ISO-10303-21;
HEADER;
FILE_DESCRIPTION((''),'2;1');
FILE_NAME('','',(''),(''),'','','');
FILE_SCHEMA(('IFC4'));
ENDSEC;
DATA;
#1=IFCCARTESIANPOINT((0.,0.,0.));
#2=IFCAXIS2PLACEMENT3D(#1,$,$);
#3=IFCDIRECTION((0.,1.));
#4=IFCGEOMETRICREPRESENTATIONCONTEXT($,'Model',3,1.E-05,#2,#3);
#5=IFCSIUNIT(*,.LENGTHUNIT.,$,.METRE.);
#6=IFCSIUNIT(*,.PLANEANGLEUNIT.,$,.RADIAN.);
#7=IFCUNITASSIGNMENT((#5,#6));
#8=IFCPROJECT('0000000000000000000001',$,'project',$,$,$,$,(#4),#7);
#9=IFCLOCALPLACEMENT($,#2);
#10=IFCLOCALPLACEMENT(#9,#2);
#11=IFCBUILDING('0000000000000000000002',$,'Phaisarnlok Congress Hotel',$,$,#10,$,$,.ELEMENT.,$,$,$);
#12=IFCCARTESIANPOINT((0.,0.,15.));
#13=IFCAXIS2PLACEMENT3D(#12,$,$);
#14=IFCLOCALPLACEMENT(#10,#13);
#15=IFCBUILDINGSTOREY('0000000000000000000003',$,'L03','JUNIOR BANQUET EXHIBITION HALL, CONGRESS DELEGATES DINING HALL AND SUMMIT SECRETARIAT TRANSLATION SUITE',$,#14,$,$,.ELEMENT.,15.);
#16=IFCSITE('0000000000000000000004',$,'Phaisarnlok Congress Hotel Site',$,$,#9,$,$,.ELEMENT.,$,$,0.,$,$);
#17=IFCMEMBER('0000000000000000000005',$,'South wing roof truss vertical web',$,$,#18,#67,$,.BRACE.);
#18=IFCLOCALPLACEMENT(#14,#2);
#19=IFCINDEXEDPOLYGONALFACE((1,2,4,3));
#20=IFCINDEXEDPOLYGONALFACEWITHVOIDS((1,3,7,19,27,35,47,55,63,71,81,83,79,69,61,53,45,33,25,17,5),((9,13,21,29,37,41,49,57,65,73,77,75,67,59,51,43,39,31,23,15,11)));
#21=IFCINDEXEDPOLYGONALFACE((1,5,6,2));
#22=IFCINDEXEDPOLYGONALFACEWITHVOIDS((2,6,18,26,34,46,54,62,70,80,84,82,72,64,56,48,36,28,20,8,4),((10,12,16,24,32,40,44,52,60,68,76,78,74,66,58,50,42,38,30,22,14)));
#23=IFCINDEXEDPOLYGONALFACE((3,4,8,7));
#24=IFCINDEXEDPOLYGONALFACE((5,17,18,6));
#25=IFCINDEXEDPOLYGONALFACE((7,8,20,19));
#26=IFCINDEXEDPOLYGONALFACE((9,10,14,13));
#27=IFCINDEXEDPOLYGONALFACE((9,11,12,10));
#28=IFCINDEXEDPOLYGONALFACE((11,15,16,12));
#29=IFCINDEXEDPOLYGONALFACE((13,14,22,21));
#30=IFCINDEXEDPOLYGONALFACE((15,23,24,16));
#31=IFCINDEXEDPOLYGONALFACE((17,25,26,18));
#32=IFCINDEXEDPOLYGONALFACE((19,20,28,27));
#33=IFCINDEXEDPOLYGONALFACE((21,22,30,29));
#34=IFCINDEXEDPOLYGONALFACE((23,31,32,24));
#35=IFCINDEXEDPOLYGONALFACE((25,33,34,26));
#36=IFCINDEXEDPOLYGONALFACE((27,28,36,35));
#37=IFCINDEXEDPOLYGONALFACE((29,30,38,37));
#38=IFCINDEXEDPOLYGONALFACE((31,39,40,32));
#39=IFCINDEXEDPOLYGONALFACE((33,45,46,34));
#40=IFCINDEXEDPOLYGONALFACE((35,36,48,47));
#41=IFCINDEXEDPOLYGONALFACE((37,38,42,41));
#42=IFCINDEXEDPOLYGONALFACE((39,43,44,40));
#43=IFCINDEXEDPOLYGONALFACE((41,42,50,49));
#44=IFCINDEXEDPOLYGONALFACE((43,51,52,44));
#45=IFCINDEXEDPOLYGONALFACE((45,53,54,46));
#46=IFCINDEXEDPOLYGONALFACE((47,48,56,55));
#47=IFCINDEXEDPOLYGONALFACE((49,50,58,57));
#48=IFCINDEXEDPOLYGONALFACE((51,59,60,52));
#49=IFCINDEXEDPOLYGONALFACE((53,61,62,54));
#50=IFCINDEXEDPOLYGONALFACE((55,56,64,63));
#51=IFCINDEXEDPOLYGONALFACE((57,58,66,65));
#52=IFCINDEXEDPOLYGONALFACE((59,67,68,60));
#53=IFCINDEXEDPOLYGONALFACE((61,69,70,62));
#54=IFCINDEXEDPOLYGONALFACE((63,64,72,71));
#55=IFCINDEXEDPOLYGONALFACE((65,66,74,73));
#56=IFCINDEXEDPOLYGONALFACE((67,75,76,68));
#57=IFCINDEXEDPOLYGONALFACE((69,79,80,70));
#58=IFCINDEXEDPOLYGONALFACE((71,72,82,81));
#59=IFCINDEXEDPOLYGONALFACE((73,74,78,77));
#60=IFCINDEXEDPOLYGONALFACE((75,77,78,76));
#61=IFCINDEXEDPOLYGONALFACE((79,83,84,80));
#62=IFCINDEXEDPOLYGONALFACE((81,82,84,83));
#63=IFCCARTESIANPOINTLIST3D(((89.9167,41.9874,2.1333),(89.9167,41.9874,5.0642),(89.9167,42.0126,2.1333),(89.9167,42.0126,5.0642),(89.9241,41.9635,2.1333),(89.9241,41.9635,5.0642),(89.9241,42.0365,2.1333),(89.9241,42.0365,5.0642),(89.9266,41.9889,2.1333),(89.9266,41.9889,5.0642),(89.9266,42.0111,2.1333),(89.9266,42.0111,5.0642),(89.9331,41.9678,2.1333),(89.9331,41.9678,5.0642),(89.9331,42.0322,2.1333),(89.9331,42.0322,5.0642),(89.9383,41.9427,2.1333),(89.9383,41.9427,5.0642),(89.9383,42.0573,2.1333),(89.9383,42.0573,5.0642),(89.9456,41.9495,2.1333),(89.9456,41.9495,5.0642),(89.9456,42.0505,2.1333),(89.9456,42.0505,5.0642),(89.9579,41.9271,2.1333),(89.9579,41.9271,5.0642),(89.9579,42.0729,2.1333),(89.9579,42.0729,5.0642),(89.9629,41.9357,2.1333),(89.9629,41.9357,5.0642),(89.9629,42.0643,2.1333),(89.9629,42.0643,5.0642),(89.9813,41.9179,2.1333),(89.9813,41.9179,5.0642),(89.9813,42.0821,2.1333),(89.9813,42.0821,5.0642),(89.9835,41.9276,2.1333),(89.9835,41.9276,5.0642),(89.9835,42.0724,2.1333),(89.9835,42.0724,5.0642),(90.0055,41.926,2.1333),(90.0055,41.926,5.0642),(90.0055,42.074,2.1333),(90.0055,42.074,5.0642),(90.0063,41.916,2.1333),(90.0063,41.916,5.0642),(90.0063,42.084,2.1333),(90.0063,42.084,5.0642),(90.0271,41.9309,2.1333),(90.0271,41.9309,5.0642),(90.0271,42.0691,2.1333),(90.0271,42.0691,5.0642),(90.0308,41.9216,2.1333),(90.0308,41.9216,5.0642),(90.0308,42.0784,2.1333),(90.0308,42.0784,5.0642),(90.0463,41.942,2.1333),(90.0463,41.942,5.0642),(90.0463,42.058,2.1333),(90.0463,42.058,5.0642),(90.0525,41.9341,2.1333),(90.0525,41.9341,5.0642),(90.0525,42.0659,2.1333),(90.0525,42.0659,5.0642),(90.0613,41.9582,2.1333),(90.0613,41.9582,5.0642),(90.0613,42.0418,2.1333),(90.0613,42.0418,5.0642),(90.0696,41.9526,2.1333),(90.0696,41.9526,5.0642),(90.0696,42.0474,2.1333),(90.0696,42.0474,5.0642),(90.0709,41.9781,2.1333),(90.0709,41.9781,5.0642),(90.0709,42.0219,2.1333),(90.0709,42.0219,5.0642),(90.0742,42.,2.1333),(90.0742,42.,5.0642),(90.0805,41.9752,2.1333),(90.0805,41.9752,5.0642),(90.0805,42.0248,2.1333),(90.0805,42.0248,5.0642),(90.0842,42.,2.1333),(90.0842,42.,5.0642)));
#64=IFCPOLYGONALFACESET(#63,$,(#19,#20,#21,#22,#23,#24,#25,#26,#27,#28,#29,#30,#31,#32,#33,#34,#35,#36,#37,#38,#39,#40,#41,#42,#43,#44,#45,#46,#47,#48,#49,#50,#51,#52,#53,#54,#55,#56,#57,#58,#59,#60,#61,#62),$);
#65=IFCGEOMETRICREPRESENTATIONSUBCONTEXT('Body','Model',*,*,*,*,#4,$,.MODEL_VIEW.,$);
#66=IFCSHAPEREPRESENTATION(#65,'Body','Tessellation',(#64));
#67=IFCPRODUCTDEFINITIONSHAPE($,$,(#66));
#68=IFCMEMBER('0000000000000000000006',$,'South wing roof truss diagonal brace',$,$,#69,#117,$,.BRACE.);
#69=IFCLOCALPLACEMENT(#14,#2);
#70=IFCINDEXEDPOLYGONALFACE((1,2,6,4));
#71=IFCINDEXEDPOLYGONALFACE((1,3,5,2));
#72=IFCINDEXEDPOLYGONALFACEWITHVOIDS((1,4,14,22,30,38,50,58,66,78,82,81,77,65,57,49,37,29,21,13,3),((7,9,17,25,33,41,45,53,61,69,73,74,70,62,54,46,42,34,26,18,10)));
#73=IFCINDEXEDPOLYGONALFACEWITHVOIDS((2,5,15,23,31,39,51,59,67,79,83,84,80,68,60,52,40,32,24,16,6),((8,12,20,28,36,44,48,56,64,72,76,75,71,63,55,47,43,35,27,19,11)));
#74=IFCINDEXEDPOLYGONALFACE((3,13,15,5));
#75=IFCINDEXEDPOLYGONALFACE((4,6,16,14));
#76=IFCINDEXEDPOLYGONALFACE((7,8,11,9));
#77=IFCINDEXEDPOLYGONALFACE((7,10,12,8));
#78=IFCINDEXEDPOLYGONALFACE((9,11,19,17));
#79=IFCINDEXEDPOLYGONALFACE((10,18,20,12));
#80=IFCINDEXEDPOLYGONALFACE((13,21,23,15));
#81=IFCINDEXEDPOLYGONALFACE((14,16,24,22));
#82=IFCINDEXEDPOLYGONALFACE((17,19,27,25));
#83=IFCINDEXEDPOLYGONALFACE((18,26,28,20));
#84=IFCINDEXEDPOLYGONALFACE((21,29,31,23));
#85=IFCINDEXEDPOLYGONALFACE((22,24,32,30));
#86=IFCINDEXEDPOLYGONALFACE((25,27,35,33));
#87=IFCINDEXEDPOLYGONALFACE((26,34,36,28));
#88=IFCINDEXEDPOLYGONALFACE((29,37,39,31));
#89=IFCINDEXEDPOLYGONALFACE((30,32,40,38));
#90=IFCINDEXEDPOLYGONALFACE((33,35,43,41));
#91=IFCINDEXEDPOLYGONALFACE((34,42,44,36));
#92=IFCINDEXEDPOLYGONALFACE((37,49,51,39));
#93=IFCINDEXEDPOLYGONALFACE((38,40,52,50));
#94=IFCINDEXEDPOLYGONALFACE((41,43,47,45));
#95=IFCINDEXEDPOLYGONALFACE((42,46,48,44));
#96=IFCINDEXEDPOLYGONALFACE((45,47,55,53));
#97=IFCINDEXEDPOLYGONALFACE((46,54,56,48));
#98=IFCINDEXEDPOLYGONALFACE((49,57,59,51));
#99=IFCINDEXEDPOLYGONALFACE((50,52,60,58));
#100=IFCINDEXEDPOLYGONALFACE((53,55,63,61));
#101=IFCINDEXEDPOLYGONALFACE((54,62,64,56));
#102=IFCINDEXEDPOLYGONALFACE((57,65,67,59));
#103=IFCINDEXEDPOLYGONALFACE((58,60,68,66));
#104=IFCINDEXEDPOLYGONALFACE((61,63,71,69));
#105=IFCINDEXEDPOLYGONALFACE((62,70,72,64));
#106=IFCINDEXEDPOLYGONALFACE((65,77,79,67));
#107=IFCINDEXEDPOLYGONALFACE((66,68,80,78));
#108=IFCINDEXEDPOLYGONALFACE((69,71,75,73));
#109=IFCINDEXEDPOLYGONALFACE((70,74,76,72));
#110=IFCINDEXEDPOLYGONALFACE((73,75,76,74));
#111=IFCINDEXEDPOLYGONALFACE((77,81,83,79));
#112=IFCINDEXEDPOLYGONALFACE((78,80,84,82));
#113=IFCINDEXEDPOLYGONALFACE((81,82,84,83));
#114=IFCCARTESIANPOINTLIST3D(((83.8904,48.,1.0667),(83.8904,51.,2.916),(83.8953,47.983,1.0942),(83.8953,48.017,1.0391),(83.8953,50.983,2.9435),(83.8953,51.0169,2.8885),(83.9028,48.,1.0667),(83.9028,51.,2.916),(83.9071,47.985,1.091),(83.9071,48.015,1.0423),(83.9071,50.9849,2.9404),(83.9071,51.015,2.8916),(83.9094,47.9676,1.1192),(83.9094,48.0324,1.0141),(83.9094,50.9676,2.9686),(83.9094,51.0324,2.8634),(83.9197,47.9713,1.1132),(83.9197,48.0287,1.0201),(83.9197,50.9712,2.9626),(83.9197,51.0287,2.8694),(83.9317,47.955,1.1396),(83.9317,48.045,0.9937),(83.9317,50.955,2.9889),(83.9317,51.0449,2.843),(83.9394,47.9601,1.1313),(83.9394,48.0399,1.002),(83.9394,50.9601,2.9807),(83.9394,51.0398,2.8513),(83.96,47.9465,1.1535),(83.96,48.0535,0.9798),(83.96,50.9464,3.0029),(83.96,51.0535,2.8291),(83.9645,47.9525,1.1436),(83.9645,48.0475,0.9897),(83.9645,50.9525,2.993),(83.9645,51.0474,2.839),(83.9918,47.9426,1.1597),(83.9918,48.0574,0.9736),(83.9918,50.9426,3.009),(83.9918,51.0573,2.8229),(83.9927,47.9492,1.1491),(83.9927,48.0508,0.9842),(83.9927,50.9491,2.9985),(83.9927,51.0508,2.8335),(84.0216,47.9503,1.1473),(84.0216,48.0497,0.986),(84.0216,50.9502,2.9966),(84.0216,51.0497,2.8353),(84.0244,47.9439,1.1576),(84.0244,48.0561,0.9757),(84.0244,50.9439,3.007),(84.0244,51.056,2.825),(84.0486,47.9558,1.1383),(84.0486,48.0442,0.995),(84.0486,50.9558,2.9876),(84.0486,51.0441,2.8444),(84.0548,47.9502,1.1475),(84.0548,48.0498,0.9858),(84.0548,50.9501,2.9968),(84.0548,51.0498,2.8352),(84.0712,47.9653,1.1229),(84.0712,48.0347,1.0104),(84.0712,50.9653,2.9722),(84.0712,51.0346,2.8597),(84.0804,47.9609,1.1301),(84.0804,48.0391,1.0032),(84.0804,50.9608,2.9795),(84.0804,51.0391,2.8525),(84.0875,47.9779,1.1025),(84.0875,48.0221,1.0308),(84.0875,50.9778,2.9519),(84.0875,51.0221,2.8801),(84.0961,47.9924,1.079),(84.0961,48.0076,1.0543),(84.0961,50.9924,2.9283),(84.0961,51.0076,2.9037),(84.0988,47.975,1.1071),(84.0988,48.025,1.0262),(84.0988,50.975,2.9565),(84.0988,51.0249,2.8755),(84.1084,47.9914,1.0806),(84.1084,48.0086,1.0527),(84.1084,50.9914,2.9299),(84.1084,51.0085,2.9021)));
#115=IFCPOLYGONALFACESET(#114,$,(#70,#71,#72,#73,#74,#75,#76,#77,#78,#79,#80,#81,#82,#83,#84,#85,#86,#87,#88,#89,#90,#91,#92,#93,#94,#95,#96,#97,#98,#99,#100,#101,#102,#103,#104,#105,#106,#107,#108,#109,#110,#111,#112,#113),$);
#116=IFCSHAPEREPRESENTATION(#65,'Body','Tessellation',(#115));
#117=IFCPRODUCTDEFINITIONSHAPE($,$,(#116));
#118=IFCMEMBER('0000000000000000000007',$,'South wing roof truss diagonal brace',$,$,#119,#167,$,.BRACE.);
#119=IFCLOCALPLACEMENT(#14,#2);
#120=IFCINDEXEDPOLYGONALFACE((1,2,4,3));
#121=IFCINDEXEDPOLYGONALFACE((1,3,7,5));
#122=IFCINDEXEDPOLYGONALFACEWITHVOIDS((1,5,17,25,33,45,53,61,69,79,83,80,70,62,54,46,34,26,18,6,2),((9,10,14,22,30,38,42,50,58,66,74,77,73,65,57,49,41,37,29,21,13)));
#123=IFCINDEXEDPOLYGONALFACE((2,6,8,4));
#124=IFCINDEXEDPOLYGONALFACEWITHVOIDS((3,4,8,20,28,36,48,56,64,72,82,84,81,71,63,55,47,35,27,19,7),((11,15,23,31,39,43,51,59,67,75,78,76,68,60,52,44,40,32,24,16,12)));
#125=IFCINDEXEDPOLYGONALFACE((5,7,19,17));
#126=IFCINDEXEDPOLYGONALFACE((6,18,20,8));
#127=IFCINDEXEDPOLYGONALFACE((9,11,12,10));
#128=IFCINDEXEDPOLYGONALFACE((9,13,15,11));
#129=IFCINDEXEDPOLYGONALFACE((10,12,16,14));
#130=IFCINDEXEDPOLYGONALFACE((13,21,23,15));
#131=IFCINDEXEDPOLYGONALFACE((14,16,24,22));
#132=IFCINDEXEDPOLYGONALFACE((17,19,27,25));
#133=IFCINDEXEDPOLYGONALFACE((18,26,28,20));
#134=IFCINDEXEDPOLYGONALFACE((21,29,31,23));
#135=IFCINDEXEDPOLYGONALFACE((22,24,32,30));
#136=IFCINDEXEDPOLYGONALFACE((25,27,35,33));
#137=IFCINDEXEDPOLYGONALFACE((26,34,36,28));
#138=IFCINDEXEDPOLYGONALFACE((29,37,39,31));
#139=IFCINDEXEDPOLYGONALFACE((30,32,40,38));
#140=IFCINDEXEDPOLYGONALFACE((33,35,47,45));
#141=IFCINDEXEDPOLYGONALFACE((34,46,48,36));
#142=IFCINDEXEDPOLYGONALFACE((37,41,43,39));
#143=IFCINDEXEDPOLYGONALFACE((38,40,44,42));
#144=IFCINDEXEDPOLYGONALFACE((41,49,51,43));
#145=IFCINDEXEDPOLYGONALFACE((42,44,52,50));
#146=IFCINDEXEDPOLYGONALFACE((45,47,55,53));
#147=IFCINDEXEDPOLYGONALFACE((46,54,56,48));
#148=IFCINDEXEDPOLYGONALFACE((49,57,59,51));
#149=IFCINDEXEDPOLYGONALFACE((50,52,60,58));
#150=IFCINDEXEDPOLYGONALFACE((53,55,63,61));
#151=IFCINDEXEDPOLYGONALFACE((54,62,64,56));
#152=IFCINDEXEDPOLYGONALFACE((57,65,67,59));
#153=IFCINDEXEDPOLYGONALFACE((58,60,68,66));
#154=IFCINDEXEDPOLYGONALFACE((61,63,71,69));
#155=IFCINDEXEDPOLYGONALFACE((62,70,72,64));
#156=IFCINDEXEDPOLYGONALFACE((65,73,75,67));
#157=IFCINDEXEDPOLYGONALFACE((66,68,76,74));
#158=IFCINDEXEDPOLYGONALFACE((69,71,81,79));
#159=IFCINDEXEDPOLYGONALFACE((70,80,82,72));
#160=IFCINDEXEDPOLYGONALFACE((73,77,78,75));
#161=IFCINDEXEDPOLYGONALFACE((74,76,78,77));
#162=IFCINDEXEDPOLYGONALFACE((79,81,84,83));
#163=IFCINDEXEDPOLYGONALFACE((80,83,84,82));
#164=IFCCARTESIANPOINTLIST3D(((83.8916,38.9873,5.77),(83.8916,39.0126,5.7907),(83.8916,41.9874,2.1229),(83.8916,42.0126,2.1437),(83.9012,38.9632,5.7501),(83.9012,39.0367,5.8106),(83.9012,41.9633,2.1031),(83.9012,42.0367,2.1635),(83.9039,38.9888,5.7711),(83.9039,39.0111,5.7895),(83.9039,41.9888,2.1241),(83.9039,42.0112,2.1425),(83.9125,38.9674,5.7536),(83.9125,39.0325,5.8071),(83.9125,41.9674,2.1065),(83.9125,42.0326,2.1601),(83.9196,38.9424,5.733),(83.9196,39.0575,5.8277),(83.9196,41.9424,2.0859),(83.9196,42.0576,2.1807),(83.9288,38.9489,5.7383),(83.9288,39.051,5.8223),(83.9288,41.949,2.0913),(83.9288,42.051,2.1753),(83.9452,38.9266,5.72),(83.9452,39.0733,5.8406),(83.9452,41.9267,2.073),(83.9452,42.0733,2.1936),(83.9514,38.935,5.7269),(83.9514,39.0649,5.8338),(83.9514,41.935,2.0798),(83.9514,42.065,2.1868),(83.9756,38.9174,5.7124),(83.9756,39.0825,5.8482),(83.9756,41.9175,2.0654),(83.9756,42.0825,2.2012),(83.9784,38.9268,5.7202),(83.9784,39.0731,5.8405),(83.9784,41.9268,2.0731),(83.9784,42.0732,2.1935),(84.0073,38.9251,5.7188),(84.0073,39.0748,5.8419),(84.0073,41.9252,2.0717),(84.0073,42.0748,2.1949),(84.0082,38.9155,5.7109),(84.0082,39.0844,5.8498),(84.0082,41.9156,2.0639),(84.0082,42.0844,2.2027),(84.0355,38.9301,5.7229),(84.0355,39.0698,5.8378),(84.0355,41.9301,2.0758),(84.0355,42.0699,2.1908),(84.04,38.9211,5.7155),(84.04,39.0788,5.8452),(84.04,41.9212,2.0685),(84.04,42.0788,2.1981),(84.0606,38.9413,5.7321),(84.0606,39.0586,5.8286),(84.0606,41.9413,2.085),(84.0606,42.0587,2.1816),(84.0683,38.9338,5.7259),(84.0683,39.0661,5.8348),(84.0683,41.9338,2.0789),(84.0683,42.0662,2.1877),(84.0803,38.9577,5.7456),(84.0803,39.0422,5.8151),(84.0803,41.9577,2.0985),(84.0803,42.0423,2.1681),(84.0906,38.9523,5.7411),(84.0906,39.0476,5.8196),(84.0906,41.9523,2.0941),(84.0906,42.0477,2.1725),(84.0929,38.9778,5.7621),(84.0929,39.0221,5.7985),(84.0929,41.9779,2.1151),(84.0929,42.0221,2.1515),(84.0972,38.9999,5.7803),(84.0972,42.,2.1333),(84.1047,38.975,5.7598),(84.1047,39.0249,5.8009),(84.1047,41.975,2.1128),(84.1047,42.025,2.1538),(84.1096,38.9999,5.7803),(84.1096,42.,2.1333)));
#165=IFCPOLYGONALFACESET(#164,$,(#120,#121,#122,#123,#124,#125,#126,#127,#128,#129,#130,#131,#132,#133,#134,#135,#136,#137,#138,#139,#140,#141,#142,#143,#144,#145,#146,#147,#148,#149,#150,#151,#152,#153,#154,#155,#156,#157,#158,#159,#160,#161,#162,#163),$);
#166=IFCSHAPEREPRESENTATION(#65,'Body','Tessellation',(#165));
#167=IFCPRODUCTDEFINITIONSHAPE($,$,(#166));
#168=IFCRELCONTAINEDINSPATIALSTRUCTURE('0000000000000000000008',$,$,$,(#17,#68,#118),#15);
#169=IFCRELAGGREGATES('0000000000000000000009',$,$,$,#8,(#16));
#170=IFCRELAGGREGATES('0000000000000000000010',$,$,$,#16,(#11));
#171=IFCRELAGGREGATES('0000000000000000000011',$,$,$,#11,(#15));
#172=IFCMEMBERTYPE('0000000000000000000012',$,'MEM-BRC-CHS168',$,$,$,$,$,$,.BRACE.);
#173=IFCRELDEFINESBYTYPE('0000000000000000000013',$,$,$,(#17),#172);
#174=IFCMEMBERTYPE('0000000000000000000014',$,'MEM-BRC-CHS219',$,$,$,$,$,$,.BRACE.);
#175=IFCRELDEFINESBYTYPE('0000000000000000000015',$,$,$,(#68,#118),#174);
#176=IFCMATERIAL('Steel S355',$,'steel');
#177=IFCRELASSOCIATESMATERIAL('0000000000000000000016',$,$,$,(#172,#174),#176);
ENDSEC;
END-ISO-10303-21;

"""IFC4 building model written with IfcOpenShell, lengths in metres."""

from ifc_helpers import new_model, si_unit, direction, frame, origin, origin_2d, place, context, subcontext, project, spatial, hollow_circle, extrude, material, material_profile, profile_set, type_object, element, save


model = new_model("IFC4")

# Units and contexts
model_context = context("Model", 3, precision=1e-05, world=origin(), true_north=direction((0.0, 1.0)))
body_context = subcontext(model_context, "Body", "Model", "MODEL_VIEW")
ifc_project = project(units=[si_unit("LENGTHUNIT", "METRE"), si_unit("PLANEANGLEUNIT", "RADIAN")], contexts=[model_context])

# Site, building, storey
site_placement = place(None, origin())
site = spatial("IfcSite", under=ifc_project, at=site_placement, Name="Phaisarnlok Congress Hotel Site", CompositionType="ELEMENT", RefElevation=0.0)
building_placement = place(site_placement, origin())
building = spatial("IfcBuilding", under=site, at=building_placement, Name="Phaisarnlok Congress Hotel", CompositionType="ELEMENT")
storey_placement = place(building_placement, frame((0.0, 0.0, 15.0)))
storey = spatial("IfcBuildingStorey", under=building, at=storey_placement, Name="L03", Description="JUNIOR BANQUET EXHIBITION HALL, CONGRESS DELEGATES DINING HALL AND SUMMIT SECRETARIAT TRANSLATION SUITE", CompositionType="ELEMENT", Elevation=15.0)

# Shared definitions
ifc_material = material(Name="Steel S355", Category="steel")

# Members
ifc_material_profile_1 = material_profile(ifc_material, hollow_circle(Radius=0.0842, WallThickness=0.01, at=origin_2d()), Name="CHS 168.3x10")
ifc_profile_set_1 = profile_set([ifc_material_profile_1], Name="Steel S355")
member_type_1 = type_object("IfcMemberType", Name="MEM-BRC-CHS168", PredefinedType="BRACE", material=ifc_profile_set_1)
member_1_placement = place(storey_placement, frame((90.0, 42.0, 2.1333), z_axis=(0.0, 0.0, 1.0), x_axis=(1.0, 0.0, 0.0)))
element("IfcMember", 1, at=member_1_placement, inside=storey, type_object=member_type_1, Name="South wing roof truss vertical web", PredefinedType="BRACE", context=body_context, shape_type="SweptSolid", body=[
    extrude(hollow_circle(Radius=0.0842, WallThickness=0.01, at=origin_2d()), origin(), (0.0, 0.0, 1.0), 2.9309),
])
ifc_material_profile_2 = material_profile(ifc_material, hollow_circle(Radius=0.1096, WallThickness=0.0125, at=origin_2d()), Name="CHS 219.1x12.5")
ifc_profile_set_2 = profile_set([ifc_material_profile_2], Name="Steel S355")
member_type_2 = type_object("IfcMemberType", Name="MEM-BRC-CHS219", PredefinedType="BRACE", material=ifc_profile_set_2)
member_2_placement = place(storey_placement, frame((84.0, 48.0, 1.0667), z_axis=(0.0, 0.851251, 0.524758), x_axis=(-1.0, 0.0, 0.0)))
element("IfcMember", 2, at=member_2_placement, inside=storey, type_object=member_type_2, Name="South wing roof truss diagonal brace", PredefinedType="BRACE", context=body_context, shape_type="SweptSolid", body=[
    extrude(hollow_circle(Radius=0.1096, WallThickness=0.0125, at=origin_2d()), origin(), (0.0, 0.0, 1.0), 3.5242),
])
member_3_placement = place(storey_placement, frame((84.0, 42.0, 2.1333), z_axis=(0.0, -0.635279, 0.772282), x_axis=(1.0, 0.0, 0.0)))
element("IfcMember", 3, at=member_3_placement, inside=storey, type_object=member_type_2, Name="South wing roof truss diagonal brace", PredefinedType="BRACE", context=body_context, shape_type="SweptSolid", body=[
    extrude(hollow_circle(Radius=0.1096, WallThickness=0.0125, at=origin_2d()), origin(), (0.0, 0.0, 1.0), 4.7224),
])

save(model, "model.ifc")
